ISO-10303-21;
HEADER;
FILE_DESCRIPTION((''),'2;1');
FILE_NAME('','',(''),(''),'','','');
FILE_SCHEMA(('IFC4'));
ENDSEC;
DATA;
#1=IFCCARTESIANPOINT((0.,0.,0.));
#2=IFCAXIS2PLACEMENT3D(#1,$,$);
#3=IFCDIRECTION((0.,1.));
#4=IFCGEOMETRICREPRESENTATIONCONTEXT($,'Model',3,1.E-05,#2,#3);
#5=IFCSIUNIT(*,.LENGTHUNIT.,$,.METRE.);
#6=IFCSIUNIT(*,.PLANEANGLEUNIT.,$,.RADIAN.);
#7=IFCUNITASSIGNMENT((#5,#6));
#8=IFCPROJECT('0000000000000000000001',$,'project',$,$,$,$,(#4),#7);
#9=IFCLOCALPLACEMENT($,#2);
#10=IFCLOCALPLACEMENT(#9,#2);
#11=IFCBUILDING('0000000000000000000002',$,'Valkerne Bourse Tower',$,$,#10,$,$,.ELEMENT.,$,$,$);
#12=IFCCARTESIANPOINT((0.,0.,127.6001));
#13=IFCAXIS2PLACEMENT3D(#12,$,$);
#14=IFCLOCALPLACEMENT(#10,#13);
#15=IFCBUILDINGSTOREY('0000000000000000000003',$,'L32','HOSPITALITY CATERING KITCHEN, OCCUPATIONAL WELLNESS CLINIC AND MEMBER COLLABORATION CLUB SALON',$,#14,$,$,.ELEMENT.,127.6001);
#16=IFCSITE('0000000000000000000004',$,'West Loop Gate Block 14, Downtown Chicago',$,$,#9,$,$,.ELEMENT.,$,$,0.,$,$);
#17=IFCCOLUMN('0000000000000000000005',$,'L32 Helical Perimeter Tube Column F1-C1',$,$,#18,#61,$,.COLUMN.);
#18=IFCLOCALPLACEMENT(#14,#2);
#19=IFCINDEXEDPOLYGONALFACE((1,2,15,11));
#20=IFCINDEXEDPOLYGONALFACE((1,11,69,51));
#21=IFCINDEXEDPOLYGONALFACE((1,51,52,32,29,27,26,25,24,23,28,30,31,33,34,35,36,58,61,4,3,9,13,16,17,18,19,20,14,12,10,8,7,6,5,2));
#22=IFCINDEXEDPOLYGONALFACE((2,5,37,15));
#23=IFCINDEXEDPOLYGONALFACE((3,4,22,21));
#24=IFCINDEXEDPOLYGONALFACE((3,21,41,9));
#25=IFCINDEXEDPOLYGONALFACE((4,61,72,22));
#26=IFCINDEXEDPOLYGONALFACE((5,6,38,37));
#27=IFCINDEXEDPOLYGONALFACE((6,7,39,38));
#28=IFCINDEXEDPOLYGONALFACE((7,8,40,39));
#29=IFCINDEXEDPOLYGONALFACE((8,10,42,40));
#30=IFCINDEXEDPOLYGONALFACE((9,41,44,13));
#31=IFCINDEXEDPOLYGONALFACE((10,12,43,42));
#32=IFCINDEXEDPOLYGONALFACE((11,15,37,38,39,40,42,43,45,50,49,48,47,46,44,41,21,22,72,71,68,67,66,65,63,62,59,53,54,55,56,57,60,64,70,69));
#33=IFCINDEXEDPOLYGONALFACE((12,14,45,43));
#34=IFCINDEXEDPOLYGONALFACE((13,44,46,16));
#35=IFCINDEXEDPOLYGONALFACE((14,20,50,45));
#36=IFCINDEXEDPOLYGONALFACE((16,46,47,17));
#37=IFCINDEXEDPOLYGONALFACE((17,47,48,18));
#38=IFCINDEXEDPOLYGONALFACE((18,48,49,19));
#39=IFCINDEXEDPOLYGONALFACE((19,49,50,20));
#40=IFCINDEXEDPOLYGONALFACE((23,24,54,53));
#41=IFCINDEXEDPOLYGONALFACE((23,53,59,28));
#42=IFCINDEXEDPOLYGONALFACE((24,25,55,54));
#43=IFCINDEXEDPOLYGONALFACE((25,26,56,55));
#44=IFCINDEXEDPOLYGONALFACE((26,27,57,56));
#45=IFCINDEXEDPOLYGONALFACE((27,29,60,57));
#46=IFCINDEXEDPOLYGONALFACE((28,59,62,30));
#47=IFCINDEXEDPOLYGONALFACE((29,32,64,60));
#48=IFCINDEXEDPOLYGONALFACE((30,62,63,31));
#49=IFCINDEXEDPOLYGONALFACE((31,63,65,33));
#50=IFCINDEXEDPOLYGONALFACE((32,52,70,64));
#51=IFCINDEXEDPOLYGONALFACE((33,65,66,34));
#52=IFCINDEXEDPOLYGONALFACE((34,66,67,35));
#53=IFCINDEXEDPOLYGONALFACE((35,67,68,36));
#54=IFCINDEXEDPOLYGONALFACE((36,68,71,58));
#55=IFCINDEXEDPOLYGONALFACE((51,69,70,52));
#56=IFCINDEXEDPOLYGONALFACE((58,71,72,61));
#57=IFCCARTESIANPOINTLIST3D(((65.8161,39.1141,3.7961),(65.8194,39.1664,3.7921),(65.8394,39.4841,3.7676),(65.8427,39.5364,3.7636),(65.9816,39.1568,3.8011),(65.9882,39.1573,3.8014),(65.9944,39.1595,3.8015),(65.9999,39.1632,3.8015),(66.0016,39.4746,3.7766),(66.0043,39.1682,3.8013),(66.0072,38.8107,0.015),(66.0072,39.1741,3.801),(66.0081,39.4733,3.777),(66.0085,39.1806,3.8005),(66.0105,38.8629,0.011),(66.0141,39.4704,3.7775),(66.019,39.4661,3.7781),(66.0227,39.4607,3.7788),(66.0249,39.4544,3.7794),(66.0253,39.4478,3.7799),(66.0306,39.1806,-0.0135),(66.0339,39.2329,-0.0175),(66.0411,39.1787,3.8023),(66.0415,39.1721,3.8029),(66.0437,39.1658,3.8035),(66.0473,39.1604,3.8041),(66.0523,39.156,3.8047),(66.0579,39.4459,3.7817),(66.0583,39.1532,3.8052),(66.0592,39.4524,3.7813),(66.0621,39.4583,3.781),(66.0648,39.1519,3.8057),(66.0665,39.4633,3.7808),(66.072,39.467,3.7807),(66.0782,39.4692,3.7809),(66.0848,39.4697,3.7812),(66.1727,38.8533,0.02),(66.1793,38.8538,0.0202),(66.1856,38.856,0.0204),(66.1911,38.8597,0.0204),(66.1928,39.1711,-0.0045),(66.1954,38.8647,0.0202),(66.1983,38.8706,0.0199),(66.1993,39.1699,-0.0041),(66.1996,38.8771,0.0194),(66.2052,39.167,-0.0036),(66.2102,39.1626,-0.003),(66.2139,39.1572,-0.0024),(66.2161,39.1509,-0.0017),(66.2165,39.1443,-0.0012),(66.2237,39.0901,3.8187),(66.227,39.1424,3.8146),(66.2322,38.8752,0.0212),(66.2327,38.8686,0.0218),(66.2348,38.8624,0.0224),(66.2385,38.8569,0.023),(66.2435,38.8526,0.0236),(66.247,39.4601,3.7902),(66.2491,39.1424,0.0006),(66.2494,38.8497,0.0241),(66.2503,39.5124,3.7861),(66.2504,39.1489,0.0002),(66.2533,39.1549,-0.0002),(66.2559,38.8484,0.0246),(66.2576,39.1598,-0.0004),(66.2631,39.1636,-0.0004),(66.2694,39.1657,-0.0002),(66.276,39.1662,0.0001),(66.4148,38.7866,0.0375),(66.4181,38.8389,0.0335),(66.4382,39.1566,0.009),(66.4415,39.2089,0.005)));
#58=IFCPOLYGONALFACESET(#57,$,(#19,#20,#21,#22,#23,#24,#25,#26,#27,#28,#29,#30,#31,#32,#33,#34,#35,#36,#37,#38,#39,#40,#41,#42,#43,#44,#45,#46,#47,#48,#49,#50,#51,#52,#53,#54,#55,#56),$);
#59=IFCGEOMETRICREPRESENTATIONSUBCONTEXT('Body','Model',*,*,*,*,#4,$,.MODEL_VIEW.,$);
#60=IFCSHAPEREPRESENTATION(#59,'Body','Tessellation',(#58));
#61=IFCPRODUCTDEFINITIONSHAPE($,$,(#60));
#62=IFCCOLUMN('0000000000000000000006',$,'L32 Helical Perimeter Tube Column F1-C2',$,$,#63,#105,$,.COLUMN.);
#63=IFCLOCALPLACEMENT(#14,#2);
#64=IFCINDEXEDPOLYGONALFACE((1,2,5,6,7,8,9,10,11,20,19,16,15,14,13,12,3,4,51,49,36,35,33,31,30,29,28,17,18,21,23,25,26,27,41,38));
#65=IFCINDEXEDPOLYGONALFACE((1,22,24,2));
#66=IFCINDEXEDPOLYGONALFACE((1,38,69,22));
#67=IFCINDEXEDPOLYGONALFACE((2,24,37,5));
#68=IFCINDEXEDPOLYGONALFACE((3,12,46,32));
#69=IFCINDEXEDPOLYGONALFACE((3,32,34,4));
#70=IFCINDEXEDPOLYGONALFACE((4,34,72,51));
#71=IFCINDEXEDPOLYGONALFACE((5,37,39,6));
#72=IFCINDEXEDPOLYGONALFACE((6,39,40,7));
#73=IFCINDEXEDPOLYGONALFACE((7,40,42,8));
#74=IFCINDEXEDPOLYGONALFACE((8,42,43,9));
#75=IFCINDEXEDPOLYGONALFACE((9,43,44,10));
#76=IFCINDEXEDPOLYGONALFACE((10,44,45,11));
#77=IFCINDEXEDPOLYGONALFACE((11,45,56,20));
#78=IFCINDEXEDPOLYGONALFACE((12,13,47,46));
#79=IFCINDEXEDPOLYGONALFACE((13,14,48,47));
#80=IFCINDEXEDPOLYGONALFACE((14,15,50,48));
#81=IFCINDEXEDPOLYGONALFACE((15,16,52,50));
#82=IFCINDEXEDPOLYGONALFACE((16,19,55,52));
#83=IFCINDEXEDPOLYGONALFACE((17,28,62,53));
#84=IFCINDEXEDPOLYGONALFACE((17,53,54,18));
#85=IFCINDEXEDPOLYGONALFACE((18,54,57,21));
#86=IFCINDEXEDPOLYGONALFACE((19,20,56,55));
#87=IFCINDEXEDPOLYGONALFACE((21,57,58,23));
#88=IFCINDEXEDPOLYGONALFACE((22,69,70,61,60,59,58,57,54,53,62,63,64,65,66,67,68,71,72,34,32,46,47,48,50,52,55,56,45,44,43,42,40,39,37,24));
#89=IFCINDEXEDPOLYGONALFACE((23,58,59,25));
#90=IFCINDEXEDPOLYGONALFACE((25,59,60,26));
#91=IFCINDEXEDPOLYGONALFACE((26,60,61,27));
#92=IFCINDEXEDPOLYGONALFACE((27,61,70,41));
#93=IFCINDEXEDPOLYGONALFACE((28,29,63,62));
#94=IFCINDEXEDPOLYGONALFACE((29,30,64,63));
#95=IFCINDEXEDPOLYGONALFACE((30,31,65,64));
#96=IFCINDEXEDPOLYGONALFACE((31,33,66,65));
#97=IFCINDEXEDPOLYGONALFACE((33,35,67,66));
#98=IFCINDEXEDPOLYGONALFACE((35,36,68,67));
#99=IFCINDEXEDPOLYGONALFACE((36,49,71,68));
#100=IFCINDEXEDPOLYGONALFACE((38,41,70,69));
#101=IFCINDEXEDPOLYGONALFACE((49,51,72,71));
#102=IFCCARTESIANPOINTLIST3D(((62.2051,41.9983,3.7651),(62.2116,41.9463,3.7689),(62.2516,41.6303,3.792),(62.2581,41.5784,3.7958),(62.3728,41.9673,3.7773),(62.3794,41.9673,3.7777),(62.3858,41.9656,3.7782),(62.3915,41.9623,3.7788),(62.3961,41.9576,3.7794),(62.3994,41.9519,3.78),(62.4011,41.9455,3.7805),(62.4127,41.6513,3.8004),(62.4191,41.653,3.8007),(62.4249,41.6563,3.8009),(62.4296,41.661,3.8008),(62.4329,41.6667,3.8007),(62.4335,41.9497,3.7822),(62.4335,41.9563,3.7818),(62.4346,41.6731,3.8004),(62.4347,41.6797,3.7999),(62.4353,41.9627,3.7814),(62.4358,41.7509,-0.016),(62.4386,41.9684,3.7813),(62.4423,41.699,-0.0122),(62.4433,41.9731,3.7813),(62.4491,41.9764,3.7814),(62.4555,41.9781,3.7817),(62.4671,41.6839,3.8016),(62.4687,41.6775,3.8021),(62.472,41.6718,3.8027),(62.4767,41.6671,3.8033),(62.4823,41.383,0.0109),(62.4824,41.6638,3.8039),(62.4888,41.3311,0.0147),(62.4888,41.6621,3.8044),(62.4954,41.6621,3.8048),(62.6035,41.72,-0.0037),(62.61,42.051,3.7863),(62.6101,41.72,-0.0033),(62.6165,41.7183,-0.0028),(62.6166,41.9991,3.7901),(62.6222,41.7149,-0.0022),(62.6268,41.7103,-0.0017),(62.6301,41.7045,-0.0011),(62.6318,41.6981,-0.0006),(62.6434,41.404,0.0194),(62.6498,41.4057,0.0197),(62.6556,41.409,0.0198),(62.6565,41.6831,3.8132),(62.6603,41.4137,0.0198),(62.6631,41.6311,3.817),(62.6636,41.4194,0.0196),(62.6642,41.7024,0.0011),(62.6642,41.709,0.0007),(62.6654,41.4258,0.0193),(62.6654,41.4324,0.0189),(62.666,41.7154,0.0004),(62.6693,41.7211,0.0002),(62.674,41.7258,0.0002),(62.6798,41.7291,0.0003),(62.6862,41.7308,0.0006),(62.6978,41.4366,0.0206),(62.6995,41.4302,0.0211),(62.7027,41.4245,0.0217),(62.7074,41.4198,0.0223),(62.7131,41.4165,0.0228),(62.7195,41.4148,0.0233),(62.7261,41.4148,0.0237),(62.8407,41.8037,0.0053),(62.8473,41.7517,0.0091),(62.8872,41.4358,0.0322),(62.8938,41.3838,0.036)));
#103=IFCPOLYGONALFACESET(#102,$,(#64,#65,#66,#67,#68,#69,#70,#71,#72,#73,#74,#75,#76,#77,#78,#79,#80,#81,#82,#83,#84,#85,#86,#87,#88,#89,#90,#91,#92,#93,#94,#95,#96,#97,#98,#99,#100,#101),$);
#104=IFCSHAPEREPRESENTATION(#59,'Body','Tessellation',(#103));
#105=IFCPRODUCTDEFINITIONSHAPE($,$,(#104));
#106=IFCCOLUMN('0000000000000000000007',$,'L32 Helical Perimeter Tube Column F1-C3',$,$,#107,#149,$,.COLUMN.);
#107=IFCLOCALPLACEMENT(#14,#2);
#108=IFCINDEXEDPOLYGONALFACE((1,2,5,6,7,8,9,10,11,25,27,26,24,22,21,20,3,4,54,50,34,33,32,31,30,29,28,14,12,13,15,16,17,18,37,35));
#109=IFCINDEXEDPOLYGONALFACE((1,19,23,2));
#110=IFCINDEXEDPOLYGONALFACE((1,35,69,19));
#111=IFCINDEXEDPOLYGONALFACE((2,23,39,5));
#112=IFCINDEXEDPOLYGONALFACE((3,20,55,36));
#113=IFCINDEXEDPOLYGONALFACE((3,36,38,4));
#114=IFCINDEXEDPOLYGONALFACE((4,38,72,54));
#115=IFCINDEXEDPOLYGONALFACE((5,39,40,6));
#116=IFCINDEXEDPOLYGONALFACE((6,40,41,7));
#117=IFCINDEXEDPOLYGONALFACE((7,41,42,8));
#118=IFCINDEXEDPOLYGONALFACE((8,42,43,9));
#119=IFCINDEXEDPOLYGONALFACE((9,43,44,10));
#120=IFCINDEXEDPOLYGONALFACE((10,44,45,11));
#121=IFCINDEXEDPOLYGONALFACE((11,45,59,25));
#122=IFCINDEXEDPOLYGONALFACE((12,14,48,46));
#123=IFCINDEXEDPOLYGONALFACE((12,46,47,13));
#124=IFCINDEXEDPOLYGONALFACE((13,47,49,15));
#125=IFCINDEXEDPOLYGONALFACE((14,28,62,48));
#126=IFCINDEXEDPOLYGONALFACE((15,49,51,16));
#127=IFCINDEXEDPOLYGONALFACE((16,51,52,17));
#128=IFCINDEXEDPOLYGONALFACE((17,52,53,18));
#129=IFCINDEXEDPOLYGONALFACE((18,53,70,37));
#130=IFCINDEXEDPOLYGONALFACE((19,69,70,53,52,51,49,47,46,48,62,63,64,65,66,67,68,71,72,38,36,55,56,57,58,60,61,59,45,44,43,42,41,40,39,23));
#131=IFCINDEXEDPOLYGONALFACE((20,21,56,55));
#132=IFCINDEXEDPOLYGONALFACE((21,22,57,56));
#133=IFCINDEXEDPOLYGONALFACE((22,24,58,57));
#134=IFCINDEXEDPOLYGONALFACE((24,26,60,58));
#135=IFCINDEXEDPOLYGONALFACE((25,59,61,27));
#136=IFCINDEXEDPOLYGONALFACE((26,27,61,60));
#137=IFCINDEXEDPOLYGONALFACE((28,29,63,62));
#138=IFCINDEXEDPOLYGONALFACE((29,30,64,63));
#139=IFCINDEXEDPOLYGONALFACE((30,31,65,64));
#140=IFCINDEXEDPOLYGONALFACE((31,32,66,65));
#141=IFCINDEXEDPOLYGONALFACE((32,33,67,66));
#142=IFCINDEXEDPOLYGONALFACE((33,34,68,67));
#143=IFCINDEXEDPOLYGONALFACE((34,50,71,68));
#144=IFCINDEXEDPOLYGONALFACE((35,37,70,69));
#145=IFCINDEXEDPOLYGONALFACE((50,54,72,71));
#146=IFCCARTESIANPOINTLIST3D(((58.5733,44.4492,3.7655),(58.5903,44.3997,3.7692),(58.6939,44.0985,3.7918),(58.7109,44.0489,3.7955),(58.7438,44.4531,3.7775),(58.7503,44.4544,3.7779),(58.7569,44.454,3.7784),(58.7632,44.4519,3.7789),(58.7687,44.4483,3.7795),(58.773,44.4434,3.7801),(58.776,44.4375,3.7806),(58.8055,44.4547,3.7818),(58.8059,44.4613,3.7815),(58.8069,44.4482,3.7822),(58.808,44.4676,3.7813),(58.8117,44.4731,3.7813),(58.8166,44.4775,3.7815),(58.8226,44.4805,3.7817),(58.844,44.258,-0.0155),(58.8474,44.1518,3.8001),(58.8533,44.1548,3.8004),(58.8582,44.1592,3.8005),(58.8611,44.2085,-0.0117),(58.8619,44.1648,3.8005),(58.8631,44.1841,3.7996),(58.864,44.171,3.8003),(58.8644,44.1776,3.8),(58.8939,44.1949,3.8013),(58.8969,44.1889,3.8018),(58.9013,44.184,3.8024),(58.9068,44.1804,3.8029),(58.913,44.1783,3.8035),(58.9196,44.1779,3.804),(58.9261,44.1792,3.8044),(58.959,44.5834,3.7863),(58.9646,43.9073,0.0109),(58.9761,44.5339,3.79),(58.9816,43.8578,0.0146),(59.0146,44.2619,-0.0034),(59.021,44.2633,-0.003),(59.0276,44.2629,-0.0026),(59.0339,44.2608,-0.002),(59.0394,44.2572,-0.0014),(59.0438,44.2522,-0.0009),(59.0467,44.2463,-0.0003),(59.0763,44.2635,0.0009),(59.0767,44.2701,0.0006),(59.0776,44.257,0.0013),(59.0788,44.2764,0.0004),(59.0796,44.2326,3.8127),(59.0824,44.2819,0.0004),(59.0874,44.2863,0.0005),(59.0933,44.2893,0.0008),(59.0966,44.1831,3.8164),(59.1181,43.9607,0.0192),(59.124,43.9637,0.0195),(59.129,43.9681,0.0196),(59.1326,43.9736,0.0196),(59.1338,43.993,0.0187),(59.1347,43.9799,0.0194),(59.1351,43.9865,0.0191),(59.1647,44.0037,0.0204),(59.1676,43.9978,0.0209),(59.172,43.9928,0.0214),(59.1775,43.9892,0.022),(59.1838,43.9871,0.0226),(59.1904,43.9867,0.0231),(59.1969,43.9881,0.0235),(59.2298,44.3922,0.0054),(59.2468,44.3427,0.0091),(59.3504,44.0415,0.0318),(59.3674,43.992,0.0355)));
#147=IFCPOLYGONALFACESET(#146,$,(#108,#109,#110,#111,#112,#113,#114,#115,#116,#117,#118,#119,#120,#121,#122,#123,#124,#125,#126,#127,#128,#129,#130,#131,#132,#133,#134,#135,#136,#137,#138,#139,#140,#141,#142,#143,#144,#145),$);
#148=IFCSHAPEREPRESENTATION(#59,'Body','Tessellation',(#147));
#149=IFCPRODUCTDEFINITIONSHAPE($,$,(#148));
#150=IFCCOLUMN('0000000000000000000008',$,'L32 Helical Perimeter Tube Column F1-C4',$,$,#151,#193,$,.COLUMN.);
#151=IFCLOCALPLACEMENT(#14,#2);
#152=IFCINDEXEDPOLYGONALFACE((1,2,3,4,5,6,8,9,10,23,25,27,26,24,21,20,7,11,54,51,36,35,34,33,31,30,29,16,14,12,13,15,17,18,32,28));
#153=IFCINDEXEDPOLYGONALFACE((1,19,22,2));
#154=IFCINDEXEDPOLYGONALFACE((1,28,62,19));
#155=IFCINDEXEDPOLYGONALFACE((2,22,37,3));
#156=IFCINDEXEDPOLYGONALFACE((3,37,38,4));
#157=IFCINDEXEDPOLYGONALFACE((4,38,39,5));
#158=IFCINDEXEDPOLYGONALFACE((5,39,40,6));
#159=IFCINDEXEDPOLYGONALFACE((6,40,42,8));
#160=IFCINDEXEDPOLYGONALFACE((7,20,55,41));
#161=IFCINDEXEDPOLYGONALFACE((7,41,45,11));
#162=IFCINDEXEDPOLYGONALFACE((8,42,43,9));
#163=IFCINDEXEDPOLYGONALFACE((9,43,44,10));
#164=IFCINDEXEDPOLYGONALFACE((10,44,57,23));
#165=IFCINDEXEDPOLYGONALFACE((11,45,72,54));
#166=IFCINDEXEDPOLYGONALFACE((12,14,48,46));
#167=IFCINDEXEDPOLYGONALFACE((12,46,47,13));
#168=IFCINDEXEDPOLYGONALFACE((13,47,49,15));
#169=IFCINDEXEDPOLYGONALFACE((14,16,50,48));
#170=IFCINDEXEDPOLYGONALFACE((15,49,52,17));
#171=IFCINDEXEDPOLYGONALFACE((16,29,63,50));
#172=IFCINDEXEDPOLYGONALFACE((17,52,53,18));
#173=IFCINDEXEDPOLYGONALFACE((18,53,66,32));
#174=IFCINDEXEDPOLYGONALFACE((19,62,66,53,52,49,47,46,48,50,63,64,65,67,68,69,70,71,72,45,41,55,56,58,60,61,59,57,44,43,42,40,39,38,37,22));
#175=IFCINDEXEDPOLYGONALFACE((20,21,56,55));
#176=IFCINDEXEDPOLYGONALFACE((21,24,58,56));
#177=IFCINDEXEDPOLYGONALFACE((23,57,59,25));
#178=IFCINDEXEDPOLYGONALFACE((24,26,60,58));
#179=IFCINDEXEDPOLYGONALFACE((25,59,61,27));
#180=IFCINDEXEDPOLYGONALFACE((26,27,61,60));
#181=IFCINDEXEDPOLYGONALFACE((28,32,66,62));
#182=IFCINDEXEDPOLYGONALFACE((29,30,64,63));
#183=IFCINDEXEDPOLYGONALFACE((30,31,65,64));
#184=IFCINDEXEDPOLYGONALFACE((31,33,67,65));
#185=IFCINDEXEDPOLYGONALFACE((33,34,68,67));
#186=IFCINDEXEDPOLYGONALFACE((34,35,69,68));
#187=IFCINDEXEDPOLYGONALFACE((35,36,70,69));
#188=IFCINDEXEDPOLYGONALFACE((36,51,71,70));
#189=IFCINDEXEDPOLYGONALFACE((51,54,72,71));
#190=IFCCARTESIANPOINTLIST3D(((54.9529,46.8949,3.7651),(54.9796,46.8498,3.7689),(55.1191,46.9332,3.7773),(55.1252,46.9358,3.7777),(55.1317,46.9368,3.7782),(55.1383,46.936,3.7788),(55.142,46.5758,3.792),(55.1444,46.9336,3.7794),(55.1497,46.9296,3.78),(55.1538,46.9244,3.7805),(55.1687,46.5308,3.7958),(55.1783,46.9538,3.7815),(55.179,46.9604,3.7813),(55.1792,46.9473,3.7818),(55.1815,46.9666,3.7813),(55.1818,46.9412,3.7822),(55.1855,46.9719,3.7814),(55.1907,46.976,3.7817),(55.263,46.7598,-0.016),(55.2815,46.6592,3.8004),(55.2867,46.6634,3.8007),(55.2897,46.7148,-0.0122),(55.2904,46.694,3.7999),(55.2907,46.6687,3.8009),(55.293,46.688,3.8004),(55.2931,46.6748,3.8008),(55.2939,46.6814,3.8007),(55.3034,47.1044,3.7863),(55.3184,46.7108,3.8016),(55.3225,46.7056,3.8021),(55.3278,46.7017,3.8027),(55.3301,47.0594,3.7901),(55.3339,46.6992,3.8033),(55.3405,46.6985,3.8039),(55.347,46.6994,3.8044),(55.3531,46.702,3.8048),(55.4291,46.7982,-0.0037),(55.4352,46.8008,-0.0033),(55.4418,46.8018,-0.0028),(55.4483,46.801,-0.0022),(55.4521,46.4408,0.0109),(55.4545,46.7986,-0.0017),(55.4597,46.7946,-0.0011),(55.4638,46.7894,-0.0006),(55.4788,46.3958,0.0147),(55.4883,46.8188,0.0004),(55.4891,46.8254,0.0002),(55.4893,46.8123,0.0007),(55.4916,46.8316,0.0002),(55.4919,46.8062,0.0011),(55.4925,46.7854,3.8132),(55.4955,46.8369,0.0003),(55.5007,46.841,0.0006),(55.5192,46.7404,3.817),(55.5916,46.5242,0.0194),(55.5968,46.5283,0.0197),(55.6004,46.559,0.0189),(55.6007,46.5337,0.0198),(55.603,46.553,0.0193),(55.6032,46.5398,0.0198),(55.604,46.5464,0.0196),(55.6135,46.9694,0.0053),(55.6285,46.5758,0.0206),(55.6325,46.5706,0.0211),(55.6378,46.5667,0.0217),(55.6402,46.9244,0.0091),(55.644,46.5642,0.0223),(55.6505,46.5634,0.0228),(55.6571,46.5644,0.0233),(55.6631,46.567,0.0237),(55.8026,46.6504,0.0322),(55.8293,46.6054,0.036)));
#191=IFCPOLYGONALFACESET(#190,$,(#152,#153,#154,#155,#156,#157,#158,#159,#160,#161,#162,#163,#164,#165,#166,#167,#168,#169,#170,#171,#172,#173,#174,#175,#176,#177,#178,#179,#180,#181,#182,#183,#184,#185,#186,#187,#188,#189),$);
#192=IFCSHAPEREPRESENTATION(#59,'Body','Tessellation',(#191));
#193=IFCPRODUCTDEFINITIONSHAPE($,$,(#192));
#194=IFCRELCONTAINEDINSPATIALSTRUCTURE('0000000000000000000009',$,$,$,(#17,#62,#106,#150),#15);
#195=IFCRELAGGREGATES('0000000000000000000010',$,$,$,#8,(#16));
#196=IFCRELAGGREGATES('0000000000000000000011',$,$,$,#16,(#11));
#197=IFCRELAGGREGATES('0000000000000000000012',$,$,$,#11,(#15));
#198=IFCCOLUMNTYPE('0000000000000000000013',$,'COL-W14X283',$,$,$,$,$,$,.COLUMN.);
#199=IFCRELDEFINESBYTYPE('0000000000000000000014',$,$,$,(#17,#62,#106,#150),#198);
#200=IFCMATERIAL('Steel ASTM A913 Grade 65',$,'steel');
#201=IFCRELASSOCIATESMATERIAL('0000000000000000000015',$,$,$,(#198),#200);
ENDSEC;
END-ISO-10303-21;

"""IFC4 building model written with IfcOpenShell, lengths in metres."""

from ifc_helpers import new_model, si_unit, direction, frame, origin, origin_2d, place, context, subcontext, project, spatial, i_section, extrude, material, material_profile, profile_set, type_object, element, save


model = new_model("IFC4")

# Units and contexts
model_context = context("Model", 3, precision=1e-05, world=origin(), true_north=direction((0.0, 1.0)))
body_context = subcontext(model_context, "Body", "Model", "MODEL_VIEW")
ifc_project = project(units=[si_unit("LENGTHUNIT", "METRE"), si_unit("PLANEANGLEUNIT", "RADIAN")], contexts=[model_context])

# Site, building, storey
site_placement = place(None, origin())
site = spatial("IfcSite", under=ifc_project, at=site_placement, Name="West Loop Gate Block 14, Downtown Chicago", CompositionType="ELEMENT", RefElevation=0.0)
building_placement = place(site_placement, origin())
building = spatial("IfcBuilding", under=site, at=building_placement, Name="Valkerne Bourse Tower", CompositionType="ELEMENT")
storey_placement = place(building_placement, frame((0.0, 0.0, 127.6001)))
storey = spatial("IfcBuildingStorey", under=building, at=storey_placement, Name="L32", Description="HOSPITALITY CATERING KITCHEN, OCCUPATIONAL WELLNESS CLINIC AND MEMBER COLLABORATION CLUB SALON", CompositionType="ELEMENT", Elevation=127.6001)

# Columns
ifc_material_1 = material(Name="Steel ASTM A913 Grade 65", Category="steel")
ifc_material_profile_1 = material_profile(ifc_material_1, i_section(OverallWidth=0.4089, OverallDepth=0.4243, WebThickness=0.0327, FlangeThickness=0.0525, FilletRadius=0.0254, at=origin_2d()), Name="W14X283")
ifc_profile_set_1 = profile_set([ifc_material_profile_1], Name="Steel ASTM A913 Grade 65")
column_type = type_object("IfcColumnType", Name="COL-W14X283", PredefinedType="COLUMN", material=ifc_profile_set_1)
column_1_placement = place(storey_placement, frame((66.2244, 39.0098, 0.01), z_axis=(-0.050333, 0.079902, 0.995531), x_axis=(0.996753, -0.058703, 0.055106)))
element("IfcColumn", 1, at=column_1_placement, inside=storey, type_object=column_type, Name="L32 Helical Perimeter Tube Column F1-C1", PredefinedType="COLUMN", context=body_context, shape_type="SweptSolid", body=[
    extrude(i_section(OverallWidth=0.4089, OverallDepth=0.4243, WebThickness=0.0327, FlangeThickness=0.0525, FilletRadius=0.0254, at=origin_2d()), origin(), (0.0, 0.0, 1.0), 3.7981),
])
column_2_placement = place(storey_placement, frame((62.6648, 41.5674, 0.01), z_axis=(-0.060776, 0.06515, 0.996023), x_axis=(0.990287, 0.128951, 0.051992)))
element("IfcColumn", 2, at=column_2_placement, inside=storey, type_object=column_type, Name="L32 Helical Perimeter Tube Column F1-C2", PredefinedType="COLUMN", context=body_context, shape_type="SweptSolid", body=[
    extrude(i_section(OverallWidth=0.4089, OverallDepth=0.4243, WebThickness=0.0327, FlangeThickness=0.0525, FilletRadius=0.0254, at=origin_2d()), origin(), (0.0, 0.0, 1.0), 3.7961),
])
column_3_placement = place(storey_placement, frame((59.1057, 44.125, 0.01), z_axis=(-0.071335, 0.050365, 0.99618), x_axis=(0.943263, 0.328113, 0.050957)))
element("IfcColumn", 3, at=column_3_placement, inside=storey, type_object=column_type, Name="L32 Helical Perimeter Tube Column F1-C3", PredefinedType="COLUMN", context=body_context, shape_type="SweptSolid", body=[
    extrude(i_section(OverallWidth=0.4089, OverallDepth=0.4243, WebThickness=0.0327, FlangeThickness=0.0525, FilletRadius=0.0254, at=origin_2d()), origin(), (0.0, 0.0, 1.0), 3.7954),
])
column_4_placement = place(storey_placement, frame((55.5461, 46.6826, 0.01), z_axis=(-0.081678, 0.035565, 0.996024), x_axis=(0.8571, 0.512521, 0.051985)))
element("IfcColumn", 4, at=column_4_placement, inside=storey, type_object=column_type, Name="L32 Helical Perimeter Tube Column F1-C4", PredefinedType="COLUMN", context=body_context, shape_type="SweptSolid", body=[
    extrude(i_section(OverallWidth=0.4089, OverallDepth=0.4243, WebThickness=0.0327, FlangeThickness=0.0525, FilletRadius=0.0254, at=origin_2d()), origin(), (0.0, 0.0, 1.0), 3.7961),
])

save(model, "model.ifc")
